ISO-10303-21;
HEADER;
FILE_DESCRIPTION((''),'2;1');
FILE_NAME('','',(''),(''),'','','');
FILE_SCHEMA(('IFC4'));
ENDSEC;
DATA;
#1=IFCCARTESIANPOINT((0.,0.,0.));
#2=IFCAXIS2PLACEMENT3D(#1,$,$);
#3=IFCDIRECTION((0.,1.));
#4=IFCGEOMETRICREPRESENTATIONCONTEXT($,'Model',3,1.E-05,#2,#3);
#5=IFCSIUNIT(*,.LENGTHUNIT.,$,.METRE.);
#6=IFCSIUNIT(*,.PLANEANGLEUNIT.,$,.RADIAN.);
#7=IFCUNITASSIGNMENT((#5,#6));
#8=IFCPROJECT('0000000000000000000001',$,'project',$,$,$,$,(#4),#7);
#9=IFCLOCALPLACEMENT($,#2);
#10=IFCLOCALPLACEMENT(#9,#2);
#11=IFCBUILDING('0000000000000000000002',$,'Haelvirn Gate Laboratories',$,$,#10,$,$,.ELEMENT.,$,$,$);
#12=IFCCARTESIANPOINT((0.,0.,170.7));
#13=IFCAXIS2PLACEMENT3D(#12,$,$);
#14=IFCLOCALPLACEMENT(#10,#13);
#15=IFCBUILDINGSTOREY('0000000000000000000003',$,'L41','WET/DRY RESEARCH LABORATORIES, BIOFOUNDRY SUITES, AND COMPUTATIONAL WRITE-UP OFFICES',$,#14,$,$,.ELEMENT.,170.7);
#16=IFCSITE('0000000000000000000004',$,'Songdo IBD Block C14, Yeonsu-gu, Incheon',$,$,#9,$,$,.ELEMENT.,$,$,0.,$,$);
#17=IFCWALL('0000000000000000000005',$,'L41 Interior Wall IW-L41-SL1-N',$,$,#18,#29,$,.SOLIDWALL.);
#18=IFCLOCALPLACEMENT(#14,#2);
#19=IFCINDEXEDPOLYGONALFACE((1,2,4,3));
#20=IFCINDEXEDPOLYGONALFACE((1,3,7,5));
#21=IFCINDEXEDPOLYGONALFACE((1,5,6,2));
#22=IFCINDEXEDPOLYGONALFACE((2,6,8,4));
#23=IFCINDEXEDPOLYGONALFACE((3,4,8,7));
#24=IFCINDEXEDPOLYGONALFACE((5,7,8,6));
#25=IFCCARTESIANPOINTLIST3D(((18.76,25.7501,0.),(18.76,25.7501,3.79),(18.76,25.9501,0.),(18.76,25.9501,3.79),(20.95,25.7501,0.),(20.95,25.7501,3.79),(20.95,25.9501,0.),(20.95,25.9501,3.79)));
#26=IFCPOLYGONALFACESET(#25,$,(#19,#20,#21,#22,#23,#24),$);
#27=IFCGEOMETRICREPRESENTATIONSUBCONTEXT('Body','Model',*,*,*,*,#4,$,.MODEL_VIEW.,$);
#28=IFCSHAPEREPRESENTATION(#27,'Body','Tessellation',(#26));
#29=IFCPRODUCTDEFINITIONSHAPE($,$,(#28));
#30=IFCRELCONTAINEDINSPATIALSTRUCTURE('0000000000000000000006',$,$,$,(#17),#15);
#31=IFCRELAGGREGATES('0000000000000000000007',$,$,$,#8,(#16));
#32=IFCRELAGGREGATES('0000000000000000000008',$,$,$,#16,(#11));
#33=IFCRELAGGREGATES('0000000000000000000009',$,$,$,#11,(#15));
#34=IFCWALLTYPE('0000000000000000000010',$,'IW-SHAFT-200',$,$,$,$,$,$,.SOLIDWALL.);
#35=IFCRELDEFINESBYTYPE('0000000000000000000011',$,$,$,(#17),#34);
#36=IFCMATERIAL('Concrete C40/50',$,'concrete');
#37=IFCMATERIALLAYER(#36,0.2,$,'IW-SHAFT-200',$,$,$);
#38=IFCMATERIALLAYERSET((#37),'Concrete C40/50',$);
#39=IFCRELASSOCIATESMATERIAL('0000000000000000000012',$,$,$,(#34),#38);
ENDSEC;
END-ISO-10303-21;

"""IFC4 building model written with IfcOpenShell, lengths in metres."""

from ifc_helpers import new_model, si_unit, direction, frame, frame_2d, origin, place, context, subcontext, project, spatial, rectangle, extrude, material, layer, layer_set, type_object, element, save


model = new_model("IFC4")

# Units and contexts
model_context = context("Model", 3, precision=1e-05, world=origin(), true_north=direction((0.0, 1.0)))
body_context = subcontext(model_context, "Body", "Model", "MODEL_VIEW")
ifc_project = project(units=[si_unit("LENGTHUNIT", "METRE"), si_unit("PLANEANGLEUNIT", "RADIAN")], contexts=[model_context])

# Site, building, storey
site_placement = place(None, origin())
site = spatial("IfcSite", under=ifc_project, at=site_placement, Name="Songdo IBD Block C14, Yeonsu-gu, Incheon", CompositionType="ELEMENT", RefElevation=0.0)
building_placement = place(site_placement, origin())
building = spatial("IfcBuilding", under=site, at=building_placement, Name="Haelvirn Gate Laboratories", CompositionType="ELEMENT")
storey_placement = place(building_placement, frame((0.0, 0.0, 170.7)))
storey = spatial("IfcBuildingStorey", under=building, at=storey_placement, Name="L41", Description="WET/DRY RESEARCH LABORATORIES, BIOFOUNDRY SUITES, AND COMPUTATIONAL WRITE-UP OFFICES", CompositionType="ELEMENT", Elevation=170.7)

# Wall
ifc_material_1 = material(Name="Concrete C40/50", Category="concrete")
ifc_layer_1 = layer(ifc_material_1, 0.2, Name="IW-SHAFT-200")
ifc_layer_set_1 = layer_set([ifc_layer_1], Name="Concrete C40/50")
wall_type_1 = type_object("IfcWallType", Name="IW-SHAFT-200", PredefinedType="SOLIDWALL", material=ifc_layer_set_1)
wall_1_placement = place(storey_placement, frame((18.76, 25.8501, 0.0), z_axis=(0.0, 0.0, 1.0), x_axis=(1.0, 0.0, 0.0)))
element("IfcWall", 1, at=wall_1_placement, inside=storey, type_object=wall_type_1, Name="L41 Interior Wall IW-L41-SL1-N", PredefinedType="SOLIDWALL", context=body_context, shape_type="SweptSolid", body=[
    extrude(rectangle(XDim=2.1899, YDim=0.2, at=frame_2d((1.095, 0.0))), origin(), (0.0, 0.0, 1.0), 3.79),
])

save(model, "model.ifc")
